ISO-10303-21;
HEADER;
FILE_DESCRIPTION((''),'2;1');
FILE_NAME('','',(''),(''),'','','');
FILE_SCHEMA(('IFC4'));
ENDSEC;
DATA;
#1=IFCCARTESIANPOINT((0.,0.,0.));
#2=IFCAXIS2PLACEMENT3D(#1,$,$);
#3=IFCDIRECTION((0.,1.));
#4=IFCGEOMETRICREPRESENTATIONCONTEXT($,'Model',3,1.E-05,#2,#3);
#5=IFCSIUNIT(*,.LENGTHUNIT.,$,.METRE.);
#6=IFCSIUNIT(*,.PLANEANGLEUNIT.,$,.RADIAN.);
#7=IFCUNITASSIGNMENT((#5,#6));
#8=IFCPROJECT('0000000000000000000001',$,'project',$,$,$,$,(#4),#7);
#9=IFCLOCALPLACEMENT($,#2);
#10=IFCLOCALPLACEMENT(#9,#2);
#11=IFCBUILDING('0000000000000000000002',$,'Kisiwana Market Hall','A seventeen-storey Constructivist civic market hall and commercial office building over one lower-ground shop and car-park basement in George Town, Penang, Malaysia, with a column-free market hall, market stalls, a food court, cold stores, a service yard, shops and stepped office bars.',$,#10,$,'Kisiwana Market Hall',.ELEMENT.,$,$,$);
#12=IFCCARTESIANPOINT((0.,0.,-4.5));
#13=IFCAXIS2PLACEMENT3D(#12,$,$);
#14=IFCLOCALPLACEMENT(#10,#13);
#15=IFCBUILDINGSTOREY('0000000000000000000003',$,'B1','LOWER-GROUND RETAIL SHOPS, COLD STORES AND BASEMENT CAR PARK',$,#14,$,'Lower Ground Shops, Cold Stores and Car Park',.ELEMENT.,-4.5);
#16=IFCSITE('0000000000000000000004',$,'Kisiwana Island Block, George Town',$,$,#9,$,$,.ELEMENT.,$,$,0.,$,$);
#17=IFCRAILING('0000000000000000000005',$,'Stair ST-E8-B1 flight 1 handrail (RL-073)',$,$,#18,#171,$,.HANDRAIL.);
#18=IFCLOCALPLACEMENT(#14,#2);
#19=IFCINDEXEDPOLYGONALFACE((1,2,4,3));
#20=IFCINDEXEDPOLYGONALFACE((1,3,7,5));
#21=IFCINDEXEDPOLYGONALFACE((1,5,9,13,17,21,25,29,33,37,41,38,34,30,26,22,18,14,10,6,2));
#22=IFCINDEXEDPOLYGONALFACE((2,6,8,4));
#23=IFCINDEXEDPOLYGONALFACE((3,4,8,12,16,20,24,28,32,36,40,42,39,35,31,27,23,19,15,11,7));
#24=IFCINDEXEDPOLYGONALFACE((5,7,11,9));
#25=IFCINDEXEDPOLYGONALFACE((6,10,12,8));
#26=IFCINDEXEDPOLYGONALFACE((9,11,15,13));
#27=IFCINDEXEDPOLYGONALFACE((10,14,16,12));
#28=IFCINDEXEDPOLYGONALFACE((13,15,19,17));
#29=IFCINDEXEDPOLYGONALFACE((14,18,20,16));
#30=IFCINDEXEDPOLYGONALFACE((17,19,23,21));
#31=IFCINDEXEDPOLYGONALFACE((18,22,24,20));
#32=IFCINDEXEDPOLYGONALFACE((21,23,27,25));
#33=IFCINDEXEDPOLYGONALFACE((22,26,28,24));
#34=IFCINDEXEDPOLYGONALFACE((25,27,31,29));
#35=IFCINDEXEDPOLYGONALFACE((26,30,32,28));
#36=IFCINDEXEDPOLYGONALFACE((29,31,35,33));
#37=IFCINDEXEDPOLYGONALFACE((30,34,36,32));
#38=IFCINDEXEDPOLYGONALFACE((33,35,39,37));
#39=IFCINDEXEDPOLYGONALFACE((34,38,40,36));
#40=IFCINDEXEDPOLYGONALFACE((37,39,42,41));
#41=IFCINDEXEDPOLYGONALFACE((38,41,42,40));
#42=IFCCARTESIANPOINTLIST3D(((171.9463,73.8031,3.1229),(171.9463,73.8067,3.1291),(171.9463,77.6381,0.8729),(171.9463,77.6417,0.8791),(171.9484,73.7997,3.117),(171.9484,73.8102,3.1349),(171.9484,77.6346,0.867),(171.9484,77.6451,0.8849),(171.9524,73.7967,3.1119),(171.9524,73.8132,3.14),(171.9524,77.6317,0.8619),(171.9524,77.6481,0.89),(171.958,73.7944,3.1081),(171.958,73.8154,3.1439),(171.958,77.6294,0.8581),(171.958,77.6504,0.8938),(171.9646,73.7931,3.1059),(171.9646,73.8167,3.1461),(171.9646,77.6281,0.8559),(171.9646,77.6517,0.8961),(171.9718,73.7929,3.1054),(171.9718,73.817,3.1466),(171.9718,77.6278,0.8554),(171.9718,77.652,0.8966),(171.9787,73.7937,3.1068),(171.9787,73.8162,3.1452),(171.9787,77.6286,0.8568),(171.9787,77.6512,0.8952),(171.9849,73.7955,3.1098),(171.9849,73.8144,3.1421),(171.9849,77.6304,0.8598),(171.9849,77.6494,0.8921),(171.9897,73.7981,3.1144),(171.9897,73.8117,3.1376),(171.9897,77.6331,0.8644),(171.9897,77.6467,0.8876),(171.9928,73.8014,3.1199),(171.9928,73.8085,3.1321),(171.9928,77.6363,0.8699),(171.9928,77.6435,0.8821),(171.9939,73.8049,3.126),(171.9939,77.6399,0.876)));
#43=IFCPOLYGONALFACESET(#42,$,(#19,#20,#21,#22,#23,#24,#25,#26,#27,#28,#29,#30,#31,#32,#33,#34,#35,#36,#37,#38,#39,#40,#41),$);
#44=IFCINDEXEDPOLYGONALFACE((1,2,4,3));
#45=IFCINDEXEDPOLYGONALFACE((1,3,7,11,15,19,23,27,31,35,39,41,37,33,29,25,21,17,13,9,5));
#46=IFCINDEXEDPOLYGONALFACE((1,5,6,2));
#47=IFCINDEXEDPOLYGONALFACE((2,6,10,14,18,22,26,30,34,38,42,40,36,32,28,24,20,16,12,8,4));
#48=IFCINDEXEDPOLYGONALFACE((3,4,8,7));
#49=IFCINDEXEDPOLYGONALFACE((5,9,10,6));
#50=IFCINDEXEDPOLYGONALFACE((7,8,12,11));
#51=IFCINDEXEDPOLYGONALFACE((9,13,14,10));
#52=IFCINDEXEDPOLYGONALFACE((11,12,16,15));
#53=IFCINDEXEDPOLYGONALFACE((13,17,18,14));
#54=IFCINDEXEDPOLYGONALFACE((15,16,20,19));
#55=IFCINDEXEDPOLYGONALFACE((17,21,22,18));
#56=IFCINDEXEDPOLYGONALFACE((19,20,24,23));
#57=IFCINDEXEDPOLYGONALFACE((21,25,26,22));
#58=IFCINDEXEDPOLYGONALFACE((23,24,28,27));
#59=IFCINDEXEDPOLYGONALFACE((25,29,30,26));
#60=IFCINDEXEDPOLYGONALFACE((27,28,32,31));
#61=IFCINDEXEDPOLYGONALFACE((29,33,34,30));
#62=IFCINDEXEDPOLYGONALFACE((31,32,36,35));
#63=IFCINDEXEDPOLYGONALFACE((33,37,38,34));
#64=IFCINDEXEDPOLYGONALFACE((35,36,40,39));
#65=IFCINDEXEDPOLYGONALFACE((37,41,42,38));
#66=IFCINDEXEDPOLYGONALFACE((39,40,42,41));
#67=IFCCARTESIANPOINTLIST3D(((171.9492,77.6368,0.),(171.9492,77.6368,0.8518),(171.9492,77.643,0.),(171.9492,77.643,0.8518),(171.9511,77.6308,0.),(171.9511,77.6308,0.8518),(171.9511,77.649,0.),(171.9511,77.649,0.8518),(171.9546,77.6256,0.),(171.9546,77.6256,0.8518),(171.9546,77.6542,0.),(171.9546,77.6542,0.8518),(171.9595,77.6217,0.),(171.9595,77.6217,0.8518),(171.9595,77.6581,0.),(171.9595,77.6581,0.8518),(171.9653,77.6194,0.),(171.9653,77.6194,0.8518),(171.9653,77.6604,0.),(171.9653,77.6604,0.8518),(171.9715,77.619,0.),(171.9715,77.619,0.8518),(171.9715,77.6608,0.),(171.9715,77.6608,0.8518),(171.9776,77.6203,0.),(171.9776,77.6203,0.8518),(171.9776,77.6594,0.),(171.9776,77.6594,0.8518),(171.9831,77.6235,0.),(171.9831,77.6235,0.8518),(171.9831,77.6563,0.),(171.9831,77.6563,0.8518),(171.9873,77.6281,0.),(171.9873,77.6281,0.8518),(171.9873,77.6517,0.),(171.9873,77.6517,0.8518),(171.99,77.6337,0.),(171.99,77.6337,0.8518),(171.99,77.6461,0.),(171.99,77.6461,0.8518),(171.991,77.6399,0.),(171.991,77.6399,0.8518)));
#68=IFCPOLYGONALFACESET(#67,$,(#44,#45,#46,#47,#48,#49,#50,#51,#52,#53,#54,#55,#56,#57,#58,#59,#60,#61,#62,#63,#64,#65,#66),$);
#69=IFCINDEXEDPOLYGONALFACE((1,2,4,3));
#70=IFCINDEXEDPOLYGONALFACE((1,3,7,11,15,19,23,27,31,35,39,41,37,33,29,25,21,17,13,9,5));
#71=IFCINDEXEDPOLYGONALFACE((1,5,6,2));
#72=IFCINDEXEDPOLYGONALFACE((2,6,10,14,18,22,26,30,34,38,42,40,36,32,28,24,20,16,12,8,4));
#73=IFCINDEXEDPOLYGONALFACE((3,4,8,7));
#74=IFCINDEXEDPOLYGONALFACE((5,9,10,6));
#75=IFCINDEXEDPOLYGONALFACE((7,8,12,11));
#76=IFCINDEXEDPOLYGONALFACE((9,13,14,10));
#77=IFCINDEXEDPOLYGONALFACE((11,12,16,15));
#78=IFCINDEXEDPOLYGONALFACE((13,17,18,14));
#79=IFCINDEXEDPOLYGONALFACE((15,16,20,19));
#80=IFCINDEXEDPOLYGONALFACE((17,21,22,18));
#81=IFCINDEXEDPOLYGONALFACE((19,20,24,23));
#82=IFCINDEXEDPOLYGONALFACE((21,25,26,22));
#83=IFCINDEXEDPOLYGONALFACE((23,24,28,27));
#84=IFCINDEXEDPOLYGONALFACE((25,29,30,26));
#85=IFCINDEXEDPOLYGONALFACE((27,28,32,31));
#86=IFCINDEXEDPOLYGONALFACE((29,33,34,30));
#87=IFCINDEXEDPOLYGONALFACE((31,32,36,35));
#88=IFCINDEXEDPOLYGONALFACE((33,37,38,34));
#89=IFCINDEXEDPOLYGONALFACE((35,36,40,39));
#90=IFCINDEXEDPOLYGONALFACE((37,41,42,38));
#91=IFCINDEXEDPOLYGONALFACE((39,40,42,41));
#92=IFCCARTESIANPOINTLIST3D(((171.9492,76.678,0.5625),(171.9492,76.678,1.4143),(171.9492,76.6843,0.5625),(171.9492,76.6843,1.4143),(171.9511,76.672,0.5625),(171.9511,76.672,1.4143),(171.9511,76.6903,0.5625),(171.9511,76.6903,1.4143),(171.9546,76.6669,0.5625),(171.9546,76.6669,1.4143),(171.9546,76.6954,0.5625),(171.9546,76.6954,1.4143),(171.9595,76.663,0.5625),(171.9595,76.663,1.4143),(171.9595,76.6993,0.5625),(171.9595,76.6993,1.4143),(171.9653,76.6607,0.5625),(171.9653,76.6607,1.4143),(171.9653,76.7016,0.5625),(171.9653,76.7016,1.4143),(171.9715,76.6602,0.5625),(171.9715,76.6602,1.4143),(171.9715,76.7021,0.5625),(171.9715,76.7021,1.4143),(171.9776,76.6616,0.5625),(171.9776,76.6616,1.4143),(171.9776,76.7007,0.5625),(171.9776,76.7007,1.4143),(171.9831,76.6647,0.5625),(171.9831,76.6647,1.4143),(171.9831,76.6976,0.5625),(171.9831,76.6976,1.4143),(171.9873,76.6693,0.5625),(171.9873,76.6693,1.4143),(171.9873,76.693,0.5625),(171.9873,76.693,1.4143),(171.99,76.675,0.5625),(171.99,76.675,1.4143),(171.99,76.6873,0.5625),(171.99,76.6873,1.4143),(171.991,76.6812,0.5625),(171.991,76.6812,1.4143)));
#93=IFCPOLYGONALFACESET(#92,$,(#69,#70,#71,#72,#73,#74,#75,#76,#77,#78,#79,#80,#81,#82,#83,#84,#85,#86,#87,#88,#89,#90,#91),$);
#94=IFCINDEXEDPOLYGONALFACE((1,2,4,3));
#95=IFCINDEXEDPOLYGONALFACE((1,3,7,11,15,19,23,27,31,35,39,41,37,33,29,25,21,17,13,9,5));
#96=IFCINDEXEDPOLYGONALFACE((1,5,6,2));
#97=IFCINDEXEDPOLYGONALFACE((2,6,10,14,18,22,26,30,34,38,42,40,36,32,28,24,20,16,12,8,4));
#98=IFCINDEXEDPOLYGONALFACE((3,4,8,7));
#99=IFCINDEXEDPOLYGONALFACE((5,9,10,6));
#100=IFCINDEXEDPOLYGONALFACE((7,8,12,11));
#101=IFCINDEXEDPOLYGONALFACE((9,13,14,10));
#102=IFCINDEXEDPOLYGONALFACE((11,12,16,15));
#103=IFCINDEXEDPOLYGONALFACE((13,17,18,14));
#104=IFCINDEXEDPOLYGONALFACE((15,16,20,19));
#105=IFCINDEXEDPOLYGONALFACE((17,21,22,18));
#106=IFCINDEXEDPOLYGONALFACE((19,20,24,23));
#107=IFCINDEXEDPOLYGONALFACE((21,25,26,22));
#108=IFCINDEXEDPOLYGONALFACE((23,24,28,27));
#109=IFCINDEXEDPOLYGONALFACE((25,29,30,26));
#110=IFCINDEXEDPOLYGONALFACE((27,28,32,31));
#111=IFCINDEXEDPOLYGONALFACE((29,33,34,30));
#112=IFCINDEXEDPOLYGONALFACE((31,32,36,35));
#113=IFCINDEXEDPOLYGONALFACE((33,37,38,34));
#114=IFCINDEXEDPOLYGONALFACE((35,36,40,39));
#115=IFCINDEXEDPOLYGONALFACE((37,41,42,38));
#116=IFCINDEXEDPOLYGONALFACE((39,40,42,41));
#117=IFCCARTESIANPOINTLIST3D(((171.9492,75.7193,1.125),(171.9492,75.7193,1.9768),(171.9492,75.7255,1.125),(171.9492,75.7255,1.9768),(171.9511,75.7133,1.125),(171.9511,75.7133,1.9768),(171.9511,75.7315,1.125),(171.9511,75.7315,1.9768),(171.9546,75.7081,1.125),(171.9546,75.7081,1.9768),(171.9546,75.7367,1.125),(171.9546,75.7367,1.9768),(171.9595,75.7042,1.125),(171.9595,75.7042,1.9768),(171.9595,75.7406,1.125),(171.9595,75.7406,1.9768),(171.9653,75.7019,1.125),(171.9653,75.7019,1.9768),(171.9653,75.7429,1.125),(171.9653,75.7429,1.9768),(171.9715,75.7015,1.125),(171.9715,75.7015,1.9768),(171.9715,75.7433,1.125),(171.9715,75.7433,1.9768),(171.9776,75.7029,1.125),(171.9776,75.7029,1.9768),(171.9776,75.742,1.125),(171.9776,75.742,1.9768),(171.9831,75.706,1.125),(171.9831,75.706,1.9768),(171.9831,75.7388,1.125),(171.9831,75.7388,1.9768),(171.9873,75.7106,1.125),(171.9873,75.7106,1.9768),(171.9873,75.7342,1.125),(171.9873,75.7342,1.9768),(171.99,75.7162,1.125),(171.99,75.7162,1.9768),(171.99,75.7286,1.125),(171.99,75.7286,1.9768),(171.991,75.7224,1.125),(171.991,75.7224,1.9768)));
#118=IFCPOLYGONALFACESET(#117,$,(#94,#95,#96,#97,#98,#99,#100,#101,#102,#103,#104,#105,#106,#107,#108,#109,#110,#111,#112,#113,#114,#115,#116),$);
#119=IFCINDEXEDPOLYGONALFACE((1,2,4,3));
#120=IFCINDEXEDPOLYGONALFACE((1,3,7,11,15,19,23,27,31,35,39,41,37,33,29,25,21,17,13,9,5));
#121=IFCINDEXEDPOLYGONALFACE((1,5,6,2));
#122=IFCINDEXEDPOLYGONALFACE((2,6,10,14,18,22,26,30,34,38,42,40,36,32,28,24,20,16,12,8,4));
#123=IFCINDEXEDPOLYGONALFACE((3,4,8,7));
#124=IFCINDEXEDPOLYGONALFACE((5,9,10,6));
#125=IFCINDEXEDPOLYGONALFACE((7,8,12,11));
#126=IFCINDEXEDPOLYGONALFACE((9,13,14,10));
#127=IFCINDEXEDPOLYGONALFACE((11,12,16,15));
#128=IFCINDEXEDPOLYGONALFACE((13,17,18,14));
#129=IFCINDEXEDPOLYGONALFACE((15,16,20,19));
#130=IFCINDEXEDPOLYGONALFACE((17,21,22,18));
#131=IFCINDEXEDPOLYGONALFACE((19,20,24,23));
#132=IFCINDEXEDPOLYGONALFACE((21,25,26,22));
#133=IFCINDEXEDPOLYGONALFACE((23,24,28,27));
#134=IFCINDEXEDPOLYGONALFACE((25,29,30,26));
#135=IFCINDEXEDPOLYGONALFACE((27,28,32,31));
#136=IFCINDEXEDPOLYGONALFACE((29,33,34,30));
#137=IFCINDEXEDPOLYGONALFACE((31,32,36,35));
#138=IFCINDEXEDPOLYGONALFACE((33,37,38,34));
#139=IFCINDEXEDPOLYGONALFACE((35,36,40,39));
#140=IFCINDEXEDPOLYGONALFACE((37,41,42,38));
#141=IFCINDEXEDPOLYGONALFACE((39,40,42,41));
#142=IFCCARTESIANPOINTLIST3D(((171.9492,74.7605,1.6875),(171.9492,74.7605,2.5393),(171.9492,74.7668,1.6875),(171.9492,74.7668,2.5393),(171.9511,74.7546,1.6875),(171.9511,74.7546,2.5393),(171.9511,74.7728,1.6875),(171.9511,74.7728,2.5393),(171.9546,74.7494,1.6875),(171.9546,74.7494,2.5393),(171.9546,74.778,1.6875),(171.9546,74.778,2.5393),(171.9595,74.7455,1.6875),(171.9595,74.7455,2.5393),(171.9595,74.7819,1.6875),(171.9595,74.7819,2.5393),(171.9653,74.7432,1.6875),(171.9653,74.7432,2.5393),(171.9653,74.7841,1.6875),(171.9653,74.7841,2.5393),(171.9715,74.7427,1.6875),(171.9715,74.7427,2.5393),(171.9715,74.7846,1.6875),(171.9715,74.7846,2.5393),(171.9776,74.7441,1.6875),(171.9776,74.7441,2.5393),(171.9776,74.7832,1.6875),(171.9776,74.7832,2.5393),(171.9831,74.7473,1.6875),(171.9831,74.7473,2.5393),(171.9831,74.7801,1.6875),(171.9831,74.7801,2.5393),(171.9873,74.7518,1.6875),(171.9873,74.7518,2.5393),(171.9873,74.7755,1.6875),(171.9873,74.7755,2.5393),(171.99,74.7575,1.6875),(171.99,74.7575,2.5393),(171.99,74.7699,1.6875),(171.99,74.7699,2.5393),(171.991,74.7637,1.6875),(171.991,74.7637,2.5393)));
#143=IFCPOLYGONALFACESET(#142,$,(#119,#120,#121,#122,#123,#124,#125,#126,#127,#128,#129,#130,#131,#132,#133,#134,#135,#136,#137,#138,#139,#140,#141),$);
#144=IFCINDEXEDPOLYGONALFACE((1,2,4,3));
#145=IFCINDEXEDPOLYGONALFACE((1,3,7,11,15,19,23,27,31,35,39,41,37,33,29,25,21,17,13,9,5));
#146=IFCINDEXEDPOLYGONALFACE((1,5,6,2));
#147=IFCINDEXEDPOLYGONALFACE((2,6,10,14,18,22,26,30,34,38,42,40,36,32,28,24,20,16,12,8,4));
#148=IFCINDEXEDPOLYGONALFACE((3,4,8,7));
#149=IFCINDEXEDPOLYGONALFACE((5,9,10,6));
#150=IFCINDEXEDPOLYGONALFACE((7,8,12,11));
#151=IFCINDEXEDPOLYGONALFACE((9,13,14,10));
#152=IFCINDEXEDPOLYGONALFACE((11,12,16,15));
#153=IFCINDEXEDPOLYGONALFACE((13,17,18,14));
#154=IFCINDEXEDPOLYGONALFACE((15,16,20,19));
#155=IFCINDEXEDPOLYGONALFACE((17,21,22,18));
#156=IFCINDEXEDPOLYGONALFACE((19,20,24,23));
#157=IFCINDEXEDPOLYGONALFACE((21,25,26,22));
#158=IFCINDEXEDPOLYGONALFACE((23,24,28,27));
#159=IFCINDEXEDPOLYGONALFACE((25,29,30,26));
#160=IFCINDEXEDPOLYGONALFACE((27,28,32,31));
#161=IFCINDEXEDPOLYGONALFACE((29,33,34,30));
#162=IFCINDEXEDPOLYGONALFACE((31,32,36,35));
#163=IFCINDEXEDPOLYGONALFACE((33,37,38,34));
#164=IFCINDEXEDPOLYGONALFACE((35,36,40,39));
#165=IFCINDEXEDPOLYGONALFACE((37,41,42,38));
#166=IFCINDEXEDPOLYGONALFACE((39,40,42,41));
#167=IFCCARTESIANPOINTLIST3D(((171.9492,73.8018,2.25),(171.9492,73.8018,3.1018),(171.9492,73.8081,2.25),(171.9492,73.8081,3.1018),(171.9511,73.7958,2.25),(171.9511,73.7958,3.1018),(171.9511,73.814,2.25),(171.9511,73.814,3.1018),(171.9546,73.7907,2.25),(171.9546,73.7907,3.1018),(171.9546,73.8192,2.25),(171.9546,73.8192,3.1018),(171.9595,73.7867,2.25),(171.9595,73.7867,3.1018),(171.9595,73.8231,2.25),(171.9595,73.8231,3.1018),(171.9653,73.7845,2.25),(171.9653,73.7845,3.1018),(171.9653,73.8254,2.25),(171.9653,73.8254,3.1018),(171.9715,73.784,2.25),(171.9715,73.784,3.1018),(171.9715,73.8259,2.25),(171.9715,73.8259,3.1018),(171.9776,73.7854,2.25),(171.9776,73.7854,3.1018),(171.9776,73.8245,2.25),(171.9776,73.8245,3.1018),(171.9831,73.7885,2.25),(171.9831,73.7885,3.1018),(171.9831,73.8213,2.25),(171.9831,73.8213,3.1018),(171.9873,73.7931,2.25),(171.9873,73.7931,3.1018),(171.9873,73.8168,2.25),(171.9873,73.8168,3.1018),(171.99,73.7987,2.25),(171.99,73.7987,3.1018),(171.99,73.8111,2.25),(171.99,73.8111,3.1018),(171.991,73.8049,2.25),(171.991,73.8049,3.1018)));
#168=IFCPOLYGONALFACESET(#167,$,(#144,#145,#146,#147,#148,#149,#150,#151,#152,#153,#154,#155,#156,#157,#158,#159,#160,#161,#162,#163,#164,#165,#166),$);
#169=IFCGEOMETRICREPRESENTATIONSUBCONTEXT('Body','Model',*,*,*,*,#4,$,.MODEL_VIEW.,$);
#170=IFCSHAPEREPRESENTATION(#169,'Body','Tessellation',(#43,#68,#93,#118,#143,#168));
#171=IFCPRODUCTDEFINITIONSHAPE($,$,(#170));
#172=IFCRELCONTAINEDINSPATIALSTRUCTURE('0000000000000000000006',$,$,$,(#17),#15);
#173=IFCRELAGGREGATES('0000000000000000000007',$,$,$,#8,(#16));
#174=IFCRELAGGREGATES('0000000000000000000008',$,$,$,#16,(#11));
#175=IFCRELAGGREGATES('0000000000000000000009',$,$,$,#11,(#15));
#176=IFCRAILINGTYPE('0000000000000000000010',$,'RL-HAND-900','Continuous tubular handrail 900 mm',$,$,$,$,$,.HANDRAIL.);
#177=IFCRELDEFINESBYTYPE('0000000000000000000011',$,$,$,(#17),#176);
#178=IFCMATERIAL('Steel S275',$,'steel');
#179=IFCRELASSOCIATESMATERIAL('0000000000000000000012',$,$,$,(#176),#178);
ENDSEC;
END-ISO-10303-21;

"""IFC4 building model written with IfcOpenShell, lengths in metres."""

from ifc_helpers import new_model, si_unit, direction, frame, origin, origin_2d, place, context, subcontext, project, spatial, circle, extrude, material, type_object, element, save


model = new_model("IFC4")

# Units and contexts
model_context = context("Model", 3, precision=1e-05, world=origin(), true_north=direction((0.0, 1.0)))
body_context = subcontext(model_context, "Body", "Model", "MODEL_VIEW")
ifc_project = project(units=[si_unit("LENGTHUNIT", "METRE"), si_unit("PLANEANGLEUNIT", "RADIAN")], contexts=[model_context])

# Site, building, storey
site_placement = place(None, origin())
site = spatial("IfcSite", under=ifc_project, at=site_placement, Name="Kisiwana Island Block, George Town", CompositionType="ELEMENT", RefElevation=0.0)
building_placement = place(site_placement, origin())
building = spatial("IfcBuilding", under=site, at=building_placement, Name="Kisiwana Market Hall", Description="A seventeen-storey Constructivist civic market hall and commercial office building over one lower-ground shop and car-park basement in George Town, Penang, Malaysia, with a column-free market hall, market stalls, a food court, cold stores, a service yard, shops and stepped office bars.", LongName="Kisiwana Market Hall", CompositionType="ELEMENT")
storey_placement = place(building_placement, frame((0.0, 0.0, -4.5)))
storey = spatial("IfcBuildingStorey", under=building, at=storey_placement, Name="B1", Description="LOWER-GROUND RETAIL SHOPS, COLD STORES AND BASEMENT CAR PARK", LongName="Lower Ground Shops, Cold Stores and Car Park", CompositionType="ELEMENT", Elevation=-4.5)

# Railing
ifc_material_1 = material(Name="Steel S275", Category="steel")
railing_type_1 = type_object("IfcRailingType", Name="RL-HAND-900", Description="Continuous tubular handrail 900 mm", PredefinedType="HANDRAIL", material=ifc_material_1)
railing_1_placement = place(storey_placement, frame((171.97, 77.6399, 0.0)))
element("IfcRailing", 1, at=railing_1_placement, inside=storey, type_object=railing_type_1, Name="Stair ST-E8-B1 flight 1 handrail (RL-073)", PredefinedType="HANDRAIL", context=body_context, shape_type="SweptSolid", body=[
    extrude(circle(Radius=0.0239, at=origin_2d()), frame((0.0, 0.0, 0.876), z_axis=(0.0, -0.86251, 0.506041), x_axis=(1.0, 0.0, 0.0)), (0.0, 0.0, 1.0), 4.4463),
    extrude(circle(Radius=0.021, at=origin_2d()), origin(), (0.0, 0.0, 1.0), 0.8518),
    extrude(circle(Radius=0.021, at=origin_2d()), frame((0.0, -0.9587, 0.5625)), (0.0, 0.0, 1.0), 0.8518),
    extrude(circle(Radius=0.021, at=origin_2d()), frame((0.0, -1.9175, 1.125)), (0.0, 0.0, 1.0), 0.8518),
    extrude(circle(Radius=0.021, at=origin_2d()), frame((0.0, -2.8762, 1.6875)), (0.0, 0.0, 1.0), 0.8518),
    extrude(circle(Radius=0.021, at=origin_2d()), frame((0.0, -3.835, 2.25)), (0.0, 0.0, 1.0), 0.8518),
])

save(model, "model.ifc")
